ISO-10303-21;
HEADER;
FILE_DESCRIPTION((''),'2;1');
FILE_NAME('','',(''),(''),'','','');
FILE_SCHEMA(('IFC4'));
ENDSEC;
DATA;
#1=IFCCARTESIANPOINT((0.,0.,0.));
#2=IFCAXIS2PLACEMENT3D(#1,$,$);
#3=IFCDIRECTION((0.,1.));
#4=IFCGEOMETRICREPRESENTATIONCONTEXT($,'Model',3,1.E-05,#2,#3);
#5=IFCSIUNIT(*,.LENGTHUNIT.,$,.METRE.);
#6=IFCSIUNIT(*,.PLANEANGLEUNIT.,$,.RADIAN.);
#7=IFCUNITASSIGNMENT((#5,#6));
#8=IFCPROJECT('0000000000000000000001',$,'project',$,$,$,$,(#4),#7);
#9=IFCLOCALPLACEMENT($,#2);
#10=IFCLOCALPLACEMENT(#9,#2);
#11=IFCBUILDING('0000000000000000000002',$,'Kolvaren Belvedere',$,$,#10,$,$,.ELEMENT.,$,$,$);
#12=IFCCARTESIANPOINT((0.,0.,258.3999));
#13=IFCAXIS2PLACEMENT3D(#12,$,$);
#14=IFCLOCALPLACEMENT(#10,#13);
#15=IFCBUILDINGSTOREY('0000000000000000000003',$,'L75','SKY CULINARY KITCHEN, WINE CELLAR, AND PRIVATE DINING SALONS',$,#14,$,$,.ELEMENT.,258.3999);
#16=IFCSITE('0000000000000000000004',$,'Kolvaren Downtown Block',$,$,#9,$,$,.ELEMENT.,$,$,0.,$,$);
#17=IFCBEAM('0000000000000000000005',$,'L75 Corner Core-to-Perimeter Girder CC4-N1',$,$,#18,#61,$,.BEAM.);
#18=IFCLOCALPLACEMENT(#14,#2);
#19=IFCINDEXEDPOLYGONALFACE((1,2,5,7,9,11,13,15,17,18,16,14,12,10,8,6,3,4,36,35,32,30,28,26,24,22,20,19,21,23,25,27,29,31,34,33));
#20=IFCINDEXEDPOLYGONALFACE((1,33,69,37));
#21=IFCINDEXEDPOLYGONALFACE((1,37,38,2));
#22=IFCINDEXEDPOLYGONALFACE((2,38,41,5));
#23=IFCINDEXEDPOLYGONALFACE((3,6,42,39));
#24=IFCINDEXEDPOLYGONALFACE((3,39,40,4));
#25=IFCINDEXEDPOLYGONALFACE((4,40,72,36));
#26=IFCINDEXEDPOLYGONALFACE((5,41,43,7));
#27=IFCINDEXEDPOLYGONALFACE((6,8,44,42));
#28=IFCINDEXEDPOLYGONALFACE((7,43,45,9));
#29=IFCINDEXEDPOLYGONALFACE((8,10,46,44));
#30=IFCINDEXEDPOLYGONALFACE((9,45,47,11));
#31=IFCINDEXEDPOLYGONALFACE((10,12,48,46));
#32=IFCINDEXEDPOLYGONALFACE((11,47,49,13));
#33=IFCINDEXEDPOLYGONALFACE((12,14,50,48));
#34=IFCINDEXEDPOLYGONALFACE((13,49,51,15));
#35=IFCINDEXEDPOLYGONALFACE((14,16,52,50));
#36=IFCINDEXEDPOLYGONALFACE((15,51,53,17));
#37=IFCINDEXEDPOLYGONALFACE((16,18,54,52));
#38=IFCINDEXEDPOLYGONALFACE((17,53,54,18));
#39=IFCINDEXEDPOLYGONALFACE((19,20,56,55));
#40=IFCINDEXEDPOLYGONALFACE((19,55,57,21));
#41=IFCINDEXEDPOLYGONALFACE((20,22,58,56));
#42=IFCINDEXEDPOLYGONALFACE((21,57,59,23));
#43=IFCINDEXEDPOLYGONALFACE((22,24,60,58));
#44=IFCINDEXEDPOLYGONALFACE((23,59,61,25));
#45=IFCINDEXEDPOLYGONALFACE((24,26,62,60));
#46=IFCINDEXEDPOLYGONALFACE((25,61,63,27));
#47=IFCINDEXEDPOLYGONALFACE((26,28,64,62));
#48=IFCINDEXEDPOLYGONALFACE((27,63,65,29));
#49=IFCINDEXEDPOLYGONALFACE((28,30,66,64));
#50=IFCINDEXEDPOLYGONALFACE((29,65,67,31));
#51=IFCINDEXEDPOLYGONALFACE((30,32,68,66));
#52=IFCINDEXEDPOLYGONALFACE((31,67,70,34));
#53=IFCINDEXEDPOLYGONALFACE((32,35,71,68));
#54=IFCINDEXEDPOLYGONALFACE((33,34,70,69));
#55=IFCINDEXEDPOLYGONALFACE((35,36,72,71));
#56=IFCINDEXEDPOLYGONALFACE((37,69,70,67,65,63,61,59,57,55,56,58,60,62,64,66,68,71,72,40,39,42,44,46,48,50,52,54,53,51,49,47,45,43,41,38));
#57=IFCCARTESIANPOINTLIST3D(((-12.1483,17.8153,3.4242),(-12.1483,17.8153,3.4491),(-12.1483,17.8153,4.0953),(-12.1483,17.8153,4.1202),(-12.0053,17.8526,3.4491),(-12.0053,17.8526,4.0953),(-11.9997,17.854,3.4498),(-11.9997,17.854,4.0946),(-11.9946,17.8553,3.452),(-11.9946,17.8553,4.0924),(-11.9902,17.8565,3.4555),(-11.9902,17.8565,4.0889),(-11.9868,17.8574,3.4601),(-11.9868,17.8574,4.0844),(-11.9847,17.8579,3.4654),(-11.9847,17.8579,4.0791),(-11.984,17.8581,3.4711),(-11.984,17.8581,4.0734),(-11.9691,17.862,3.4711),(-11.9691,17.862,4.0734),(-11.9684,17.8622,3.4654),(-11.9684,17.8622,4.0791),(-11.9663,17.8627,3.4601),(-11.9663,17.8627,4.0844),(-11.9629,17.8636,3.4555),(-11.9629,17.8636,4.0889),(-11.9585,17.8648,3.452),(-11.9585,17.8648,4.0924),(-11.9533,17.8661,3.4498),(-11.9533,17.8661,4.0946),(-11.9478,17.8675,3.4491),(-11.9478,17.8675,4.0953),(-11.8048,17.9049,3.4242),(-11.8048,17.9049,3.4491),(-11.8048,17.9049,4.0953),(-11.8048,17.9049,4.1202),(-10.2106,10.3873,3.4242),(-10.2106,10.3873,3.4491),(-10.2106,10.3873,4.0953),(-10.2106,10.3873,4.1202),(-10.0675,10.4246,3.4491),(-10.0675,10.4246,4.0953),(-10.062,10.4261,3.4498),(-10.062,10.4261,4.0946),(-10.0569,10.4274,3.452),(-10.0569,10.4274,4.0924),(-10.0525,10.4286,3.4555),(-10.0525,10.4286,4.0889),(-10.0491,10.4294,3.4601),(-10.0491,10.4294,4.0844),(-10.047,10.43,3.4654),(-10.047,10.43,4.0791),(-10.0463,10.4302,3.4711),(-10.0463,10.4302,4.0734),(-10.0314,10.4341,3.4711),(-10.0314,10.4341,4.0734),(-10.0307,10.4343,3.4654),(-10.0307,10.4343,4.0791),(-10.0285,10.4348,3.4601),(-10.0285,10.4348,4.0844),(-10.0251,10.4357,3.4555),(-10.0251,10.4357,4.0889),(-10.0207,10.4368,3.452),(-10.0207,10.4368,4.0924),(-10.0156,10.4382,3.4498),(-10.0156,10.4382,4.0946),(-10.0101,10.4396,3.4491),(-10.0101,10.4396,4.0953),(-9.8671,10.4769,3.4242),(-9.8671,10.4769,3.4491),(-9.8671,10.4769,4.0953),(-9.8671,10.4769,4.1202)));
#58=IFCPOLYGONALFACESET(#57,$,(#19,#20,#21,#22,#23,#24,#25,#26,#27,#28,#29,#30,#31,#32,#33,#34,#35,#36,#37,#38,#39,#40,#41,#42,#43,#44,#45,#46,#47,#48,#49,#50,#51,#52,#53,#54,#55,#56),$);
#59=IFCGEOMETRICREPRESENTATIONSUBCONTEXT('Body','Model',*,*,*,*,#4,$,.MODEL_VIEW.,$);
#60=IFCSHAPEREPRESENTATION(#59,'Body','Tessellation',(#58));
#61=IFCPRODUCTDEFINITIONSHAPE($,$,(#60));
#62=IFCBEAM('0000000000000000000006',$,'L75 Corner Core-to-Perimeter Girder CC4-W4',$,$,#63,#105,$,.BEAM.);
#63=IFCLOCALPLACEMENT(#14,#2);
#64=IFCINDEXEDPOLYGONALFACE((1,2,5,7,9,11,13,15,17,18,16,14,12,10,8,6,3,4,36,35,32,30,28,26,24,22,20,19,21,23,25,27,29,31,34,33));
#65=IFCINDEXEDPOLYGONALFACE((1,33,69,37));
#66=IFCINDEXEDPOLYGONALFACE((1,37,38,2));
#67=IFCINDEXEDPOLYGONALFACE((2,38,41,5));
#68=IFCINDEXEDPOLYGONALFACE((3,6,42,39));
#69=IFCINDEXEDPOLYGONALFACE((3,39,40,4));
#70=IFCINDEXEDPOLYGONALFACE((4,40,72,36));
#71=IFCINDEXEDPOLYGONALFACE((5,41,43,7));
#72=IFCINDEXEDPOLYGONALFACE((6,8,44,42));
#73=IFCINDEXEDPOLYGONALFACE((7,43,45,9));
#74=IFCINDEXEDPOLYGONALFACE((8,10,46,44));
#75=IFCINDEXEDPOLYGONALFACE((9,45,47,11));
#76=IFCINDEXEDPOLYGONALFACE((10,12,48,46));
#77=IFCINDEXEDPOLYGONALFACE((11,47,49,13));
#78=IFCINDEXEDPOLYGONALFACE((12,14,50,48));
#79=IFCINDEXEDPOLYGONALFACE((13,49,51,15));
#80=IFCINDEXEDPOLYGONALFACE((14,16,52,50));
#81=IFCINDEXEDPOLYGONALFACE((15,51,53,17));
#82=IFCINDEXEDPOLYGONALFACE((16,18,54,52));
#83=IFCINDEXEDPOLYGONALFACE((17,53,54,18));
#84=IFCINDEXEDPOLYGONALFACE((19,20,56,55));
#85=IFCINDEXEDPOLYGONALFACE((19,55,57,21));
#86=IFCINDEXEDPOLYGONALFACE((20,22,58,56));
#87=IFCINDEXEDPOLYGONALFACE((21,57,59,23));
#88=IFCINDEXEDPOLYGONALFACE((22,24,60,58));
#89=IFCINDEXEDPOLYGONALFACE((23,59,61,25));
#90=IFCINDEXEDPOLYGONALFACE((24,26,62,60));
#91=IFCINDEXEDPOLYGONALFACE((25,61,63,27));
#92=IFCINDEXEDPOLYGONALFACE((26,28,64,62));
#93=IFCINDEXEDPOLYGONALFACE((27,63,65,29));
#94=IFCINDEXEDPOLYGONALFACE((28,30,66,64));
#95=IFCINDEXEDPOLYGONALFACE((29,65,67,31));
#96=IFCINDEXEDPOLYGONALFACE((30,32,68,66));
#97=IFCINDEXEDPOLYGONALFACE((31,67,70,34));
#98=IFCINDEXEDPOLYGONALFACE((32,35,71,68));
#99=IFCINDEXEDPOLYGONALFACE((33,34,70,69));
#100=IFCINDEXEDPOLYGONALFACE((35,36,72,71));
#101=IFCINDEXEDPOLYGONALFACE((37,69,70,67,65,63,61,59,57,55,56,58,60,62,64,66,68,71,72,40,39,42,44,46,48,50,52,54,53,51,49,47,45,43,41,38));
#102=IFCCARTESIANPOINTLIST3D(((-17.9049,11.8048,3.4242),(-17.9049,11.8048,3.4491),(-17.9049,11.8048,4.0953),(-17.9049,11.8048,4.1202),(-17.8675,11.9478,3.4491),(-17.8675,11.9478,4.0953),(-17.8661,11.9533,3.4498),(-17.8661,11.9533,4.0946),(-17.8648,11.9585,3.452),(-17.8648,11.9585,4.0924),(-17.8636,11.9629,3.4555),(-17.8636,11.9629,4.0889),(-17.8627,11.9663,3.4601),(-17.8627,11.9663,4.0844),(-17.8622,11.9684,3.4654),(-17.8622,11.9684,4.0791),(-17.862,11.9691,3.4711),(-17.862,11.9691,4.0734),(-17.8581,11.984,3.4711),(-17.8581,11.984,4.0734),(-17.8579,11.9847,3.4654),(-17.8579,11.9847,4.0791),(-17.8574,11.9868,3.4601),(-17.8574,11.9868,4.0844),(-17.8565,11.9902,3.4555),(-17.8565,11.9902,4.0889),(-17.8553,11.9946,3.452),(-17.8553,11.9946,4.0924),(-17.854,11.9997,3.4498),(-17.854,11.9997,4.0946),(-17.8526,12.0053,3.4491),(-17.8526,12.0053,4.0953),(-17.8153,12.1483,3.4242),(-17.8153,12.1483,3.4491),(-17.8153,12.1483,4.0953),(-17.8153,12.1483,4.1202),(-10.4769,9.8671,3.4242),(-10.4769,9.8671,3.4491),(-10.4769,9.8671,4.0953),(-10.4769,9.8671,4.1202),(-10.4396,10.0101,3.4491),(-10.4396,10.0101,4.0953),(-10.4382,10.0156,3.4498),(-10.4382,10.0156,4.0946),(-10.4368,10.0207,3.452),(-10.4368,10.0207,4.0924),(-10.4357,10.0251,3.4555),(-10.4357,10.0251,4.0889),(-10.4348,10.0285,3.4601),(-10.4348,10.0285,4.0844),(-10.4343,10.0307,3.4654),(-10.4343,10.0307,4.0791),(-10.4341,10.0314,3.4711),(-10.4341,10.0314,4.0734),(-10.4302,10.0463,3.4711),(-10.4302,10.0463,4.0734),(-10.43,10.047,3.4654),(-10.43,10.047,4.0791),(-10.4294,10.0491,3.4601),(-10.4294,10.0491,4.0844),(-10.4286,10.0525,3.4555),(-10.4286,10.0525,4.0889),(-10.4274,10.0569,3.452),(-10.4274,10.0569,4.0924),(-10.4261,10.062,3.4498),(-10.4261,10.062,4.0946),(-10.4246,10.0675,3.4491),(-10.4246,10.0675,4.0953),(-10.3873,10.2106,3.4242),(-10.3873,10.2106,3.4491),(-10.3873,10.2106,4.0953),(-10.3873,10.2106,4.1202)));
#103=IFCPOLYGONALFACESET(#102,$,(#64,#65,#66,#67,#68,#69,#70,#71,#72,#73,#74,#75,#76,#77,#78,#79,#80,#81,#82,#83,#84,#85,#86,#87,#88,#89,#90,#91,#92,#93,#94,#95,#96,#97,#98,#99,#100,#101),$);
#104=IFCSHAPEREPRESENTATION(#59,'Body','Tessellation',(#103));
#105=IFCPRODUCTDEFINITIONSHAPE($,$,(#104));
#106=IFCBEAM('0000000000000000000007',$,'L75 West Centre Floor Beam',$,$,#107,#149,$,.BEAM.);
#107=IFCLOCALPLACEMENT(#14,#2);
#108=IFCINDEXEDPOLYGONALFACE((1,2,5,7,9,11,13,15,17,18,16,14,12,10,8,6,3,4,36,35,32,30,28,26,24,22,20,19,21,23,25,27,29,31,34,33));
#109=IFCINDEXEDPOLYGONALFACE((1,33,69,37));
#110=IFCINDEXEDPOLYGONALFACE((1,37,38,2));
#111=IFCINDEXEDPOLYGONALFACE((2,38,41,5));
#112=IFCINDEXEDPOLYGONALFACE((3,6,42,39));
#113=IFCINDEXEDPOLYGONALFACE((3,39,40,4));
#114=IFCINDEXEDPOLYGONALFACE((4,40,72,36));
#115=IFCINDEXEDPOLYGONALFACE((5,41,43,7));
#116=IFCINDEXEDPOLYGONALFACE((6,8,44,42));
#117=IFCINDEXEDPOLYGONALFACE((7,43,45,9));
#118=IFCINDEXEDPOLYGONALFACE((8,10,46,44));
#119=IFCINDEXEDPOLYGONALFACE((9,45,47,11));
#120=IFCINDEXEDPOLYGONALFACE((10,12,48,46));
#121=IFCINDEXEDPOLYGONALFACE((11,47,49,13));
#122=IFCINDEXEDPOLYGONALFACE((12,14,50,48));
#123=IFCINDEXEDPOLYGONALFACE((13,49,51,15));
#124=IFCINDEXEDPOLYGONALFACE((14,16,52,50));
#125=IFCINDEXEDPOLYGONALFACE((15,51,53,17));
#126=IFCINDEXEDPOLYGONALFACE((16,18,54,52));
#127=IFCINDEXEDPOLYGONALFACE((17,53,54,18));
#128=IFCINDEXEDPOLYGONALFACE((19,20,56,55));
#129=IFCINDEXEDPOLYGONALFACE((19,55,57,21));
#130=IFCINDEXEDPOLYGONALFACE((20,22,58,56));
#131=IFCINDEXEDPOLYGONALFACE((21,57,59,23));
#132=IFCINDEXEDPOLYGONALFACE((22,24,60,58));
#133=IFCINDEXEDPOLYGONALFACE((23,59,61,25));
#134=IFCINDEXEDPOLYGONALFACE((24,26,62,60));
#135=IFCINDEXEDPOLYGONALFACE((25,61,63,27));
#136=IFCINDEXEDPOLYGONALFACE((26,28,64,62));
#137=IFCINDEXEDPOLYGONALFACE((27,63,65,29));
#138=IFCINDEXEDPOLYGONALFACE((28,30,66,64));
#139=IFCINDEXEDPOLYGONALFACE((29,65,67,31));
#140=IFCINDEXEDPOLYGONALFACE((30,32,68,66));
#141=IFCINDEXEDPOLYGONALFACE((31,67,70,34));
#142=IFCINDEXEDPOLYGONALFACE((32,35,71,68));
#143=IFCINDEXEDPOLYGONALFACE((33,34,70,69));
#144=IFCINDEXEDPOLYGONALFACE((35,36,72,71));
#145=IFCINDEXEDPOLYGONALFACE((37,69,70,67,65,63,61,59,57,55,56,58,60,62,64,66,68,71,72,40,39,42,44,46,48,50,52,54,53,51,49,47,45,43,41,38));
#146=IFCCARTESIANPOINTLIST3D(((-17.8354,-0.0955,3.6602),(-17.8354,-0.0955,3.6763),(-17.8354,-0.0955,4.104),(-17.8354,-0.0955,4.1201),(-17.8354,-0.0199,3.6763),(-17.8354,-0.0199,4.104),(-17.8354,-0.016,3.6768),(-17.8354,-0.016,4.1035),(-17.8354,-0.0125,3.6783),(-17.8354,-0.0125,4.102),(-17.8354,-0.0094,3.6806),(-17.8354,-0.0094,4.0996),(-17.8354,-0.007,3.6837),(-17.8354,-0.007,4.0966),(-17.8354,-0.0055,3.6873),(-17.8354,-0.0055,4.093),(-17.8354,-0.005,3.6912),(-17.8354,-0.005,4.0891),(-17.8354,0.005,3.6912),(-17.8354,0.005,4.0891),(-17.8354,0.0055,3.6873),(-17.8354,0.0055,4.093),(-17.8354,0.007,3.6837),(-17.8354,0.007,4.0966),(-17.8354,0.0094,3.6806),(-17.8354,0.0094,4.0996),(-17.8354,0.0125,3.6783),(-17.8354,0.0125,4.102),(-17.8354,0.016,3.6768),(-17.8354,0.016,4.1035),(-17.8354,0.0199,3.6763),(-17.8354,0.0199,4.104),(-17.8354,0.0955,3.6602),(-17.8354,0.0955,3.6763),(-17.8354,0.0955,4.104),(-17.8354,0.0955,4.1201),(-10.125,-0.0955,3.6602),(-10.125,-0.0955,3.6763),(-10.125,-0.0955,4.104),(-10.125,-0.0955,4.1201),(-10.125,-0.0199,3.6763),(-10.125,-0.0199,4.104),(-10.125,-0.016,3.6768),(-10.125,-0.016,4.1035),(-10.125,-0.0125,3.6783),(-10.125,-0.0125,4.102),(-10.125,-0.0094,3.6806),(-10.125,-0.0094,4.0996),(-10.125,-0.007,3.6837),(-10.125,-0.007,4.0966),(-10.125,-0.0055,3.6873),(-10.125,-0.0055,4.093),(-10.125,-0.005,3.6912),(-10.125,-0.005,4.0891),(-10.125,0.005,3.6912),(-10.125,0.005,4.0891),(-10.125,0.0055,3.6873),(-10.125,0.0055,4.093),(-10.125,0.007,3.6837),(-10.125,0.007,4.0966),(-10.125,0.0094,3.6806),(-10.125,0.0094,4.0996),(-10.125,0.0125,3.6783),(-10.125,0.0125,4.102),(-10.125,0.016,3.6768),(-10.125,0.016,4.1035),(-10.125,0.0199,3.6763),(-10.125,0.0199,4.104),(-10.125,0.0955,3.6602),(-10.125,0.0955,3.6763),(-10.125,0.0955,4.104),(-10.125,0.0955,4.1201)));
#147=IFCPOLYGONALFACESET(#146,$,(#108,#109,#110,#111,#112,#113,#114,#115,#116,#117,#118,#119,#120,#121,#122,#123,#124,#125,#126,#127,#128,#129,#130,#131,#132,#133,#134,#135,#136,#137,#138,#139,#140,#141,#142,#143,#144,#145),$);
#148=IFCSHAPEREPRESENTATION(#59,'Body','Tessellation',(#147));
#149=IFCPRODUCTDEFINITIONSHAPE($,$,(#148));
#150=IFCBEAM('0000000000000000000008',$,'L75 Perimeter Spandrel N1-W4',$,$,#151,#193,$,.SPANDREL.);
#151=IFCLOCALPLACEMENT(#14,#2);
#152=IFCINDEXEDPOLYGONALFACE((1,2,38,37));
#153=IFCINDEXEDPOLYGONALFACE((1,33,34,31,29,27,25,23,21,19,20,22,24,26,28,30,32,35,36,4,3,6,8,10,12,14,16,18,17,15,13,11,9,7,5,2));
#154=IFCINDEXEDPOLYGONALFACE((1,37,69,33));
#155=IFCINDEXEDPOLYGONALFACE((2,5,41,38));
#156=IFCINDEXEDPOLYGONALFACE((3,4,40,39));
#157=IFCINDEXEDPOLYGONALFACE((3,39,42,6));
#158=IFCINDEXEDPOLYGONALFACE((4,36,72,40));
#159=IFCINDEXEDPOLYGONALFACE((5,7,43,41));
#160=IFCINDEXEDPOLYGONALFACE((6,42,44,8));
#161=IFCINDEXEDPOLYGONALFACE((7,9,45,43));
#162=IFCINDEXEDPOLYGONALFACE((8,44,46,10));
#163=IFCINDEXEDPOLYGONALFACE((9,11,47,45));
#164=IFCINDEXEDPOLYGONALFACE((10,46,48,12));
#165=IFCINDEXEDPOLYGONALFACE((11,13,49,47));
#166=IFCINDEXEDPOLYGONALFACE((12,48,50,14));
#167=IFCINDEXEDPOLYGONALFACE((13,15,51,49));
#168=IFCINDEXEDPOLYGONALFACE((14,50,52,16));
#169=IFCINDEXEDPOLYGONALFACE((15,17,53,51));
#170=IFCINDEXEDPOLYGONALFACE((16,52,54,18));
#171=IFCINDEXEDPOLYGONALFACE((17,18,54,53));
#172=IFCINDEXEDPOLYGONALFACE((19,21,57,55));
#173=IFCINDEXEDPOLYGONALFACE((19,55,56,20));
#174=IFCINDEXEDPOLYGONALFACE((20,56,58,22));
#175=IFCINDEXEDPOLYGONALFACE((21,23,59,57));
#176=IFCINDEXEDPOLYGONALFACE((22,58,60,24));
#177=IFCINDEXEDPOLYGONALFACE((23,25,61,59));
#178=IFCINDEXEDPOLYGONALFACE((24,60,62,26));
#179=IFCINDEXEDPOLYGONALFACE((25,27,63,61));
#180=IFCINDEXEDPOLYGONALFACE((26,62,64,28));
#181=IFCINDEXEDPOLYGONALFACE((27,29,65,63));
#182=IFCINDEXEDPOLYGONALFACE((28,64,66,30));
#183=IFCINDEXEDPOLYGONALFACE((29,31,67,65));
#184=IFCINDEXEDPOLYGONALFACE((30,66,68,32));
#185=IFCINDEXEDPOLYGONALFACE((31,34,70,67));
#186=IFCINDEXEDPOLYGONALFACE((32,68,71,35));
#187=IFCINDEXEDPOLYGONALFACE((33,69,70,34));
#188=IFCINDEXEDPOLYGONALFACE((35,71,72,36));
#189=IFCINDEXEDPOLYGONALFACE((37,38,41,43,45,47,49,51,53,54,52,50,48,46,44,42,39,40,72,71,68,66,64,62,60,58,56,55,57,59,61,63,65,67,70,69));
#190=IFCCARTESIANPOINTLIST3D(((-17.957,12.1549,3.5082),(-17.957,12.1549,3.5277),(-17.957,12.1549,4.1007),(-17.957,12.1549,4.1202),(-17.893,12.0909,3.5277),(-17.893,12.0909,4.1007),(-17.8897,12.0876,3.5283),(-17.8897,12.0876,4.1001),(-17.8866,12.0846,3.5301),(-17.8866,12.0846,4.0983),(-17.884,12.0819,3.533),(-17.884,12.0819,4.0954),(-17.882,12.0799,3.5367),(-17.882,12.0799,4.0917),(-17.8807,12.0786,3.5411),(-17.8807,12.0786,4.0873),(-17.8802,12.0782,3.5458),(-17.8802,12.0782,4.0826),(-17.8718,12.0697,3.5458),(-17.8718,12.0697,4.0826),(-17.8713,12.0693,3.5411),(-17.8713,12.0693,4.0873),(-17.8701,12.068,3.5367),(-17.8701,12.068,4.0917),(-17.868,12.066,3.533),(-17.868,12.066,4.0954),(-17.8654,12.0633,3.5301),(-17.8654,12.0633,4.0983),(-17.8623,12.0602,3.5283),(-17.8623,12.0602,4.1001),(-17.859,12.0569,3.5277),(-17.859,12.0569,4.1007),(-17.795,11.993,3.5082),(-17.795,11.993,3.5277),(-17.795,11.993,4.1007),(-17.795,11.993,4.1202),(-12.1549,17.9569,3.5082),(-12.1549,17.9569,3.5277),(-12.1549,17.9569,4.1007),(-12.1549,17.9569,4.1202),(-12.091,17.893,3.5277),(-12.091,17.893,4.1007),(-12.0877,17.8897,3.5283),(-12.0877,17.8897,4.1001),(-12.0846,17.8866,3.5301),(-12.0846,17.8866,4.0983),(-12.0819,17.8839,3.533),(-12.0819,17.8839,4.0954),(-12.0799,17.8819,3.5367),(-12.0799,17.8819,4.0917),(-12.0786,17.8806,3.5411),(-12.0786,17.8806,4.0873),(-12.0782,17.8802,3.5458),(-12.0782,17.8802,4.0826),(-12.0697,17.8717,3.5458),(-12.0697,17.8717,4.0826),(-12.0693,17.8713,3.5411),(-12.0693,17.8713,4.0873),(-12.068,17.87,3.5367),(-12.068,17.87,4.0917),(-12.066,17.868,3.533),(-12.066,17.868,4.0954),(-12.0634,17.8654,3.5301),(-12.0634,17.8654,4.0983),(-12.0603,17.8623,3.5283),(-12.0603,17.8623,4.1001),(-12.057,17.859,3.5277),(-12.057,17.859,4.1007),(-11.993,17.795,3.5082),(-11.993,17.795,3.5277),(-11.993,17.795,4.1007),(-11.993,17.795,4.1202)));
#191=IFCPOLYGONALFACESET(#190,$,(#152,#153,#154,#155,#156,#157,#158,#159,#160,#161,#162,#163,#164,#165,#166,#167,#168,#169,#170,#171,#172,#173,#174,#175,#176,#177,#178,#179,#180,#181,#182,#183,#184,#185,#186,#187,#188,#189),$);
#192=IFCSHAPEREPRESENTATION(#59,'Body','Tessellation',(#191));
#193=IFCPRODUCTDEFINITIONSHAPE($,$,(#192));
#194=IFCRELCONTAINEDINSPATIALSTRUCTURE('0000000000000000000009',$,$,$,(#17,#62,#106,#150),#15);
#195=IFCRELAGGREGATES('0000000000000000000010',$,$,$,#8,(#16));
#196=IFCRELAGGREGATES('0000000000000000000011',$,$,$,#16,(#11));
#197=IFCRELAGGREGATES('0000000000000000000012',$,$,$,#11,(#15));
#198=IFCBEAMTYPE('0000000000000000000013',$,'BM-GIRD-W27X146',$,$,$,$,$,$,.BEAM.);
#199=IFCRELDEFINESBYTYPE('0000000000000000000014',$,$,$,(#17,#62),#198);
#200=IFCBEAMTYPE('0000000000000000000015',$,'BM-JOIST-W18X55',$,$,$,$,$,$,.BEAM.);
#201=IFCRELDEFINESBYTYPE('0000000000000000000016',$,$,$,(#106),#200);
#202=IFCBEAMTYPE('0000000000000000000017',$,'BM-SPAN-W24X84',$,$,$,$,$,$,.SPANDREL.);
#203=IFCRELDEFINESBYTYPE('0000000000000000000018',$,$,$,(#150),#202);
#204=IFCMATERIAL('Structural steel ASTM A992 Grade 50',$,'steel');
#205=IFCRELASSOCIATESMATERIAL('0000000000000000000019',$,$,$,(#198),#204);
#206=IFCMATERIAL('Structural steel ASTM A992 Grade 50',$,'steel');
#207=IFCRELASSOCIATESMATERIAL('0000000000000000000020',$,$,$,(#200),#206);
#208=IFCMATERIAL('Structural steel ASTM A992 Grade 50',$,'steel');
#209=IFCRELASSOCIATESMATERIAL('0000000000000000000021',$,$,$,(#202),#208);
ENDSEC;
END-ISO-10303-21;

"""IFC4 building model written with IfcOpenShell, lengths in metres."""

from ifc_helpers import new_model, si_unit, direction, frame, origin, origin_2d, place, context, subcontext, project, spatial, i_section, extrude, material, material_profile, profile_set, type_object, element, save


model = new_model("IFC4")

# Units and contexts
model_context = context("Model", 3, precision=1e-05, world=origin(), true_north=direction((0.0, 1.0)))
body_context = subcontext(model_context, "Body", "Model", "MODEL_VIEW")
ifc_project = project(units=[si_unit("LENGTHUNIT", "METRE"), si_unit("PLANEANGLEUNIT", "RADIAN")], contexts=[model_context])

# Site, building, storey
site_placement = place(None, origin())
site = spatial("IfcSite", under=ifc_project, at=site_placement, Name="Kolvaren Downtown Block", CompositionType="ELEMENT", RefElevation=0.0)
building_placement = place(site_placement, origin())
building = spatial("IfcBuilding", under=site, at=building_placement, Name="Kolvaren Belvedere", CompositionType="ELEMENT")
storey_placement = place(building_placement, frame((0.0, 0.0, 258.3999)))
storey = spatial("IfcBuildingStorey", under=building, at=storey_placement, Name="L75", Description="SKY CULINARY KITCHEN, WINE CELLAR, AND PRIVATE DINING SALONS", CompositionType="ELEMENT", Elevation=258.3999)

# Beams
ifc_material_1 = material(Name="Structural steel ASTM A992 Grade 50", Category="steel")
ifc_material_profile_1 = material_profile(ifc_material_1, i_section(OverallWidth=0.355, OverallDepth=0.696, WebThickness=0.0154, FlangeThickness=0.0249, FilletRadius=0.022, at=origin_2d()), Name="W27X146")
ifc_profile_set_1 = profile_set([ifc_material_profile_1], Name="Structural steel ASTM A992 Grade 50")
beam_type_1 = type_object("IfcBeamType", Name="BM-GIRD-W27X146", PredefinedType="BEAM", material=ifc_profile_set_1)
for number, where, z_axis, x_axis, name in (
    (1, (-10.0388, 10.4321, 3.7722), (-0.252423, 0.967617, 0.0), (-0.967617, -0.252423, 0.0), "L75 Corner Core-to-Perimeter Girder CC4-N1"),
    (2, (-10.4321, 10.0388, 3.7722), (-0.967617, 0.252423, 0.0), (-0.252423, -0.967617, 0.0), "L75 Corner Core-to-Perimeter Girder CC4-W4"),
):
    element("IfcBeam", number, at=place(storey_placement, frame(where, z_axis=z_axis, x_axis=x_axis)), inside=storey, type_object=beam_type_1, Name=name, PredefinedType="BEAM", context=body_context, shape_type="SweptSolid", body=[
        extrude(i_section(OverallWidth=0.355, OverallDepth=0.696, WebThickness=0.0154, FlangeThickness=0.0249, FilletRadius=0.022, at=origin_2d()), origin(), (0.0, 0.0, 1.0), 7.6765),
    ])
ifc_material_2 = material(Name="Structural steel ASTM A992 Grade 50", Category="steel")
ifc_material_profile_2 = material_profile(ifc_material_2, i_section(OverallWidth=0.1909, OverallDepth=0.46, WebThickness=0.01, FlangeThickness=0.0161, FilletRadius=0.0149, at=origin_2d()), Name="W18X55")
ifc_profile_set_2 = profile_set([ifc_material_profile_2], Name="Structural steel ASTM A992 Grade 50")
beam_type_2 = type_object("IfcBeamType", Name="BM-JOIST-W18X55", PredefinedType="BEAM", material=ifc_profile_set_2)
beam_1_placement = place(storey_placement, frame((-10.125, 0.0, 3.8901), z_axis=(-1.0, 0.0, 0.0), x_axis=(0.0, -1.0, 0.0)))
element("IfcBeam", 3, at=beam_1_placement, inside=storey, type_object=beam_type_2, Name="L75 West Centre Floor Beam", PredefinedType="BEAM", context=body_context, shape_type="SweptSolid", body=[
    extrude(i_section(OverallWidth=0.1909, OverallDepth=0.46, WebThickness=0.01, FlangeThickness=0.0161, FilletRadius=0.0149, at=origin_2d()), origin(), (0.0, 0.0, 1.0), 7.7104),
])
ifc_material_3 = material(Name="Structural steel ASTM A992 Grade 50", Category="steel")
ifc_material_profile_3 = material_profile(ifc_material_3, i_section(OverallWidth=0.229, OverallDepth=0.6121, WebThickness=0.012, FlangeThickness=0.0195, FilletRadius=0.0181, at=origin_2d()), Name="W24X84")
ifc_profile_set_3 = profile_set([ifc_material_profile_3], Name="Structural steel ASTM A992 Grade 50")
beam_type_3 = type_object("IfcBeamType", Name="BM-SPAN-W24X84", PredefinedType="SPANDREL", material=ifc_profile_set_3)
beam_2_placement = place(storey_placement, frame((-12.074, 17.876, 3.8142), z_axis=(-0.707107, -0.707107, 0.0), x_axis=(0.707107, -0.707107, 0.0)))
element("IfcBeam", 4, at=beam_2_placement, inside=storey, type_object=beam_type_3, Name="L75 Perimeter Spandrel N1-W4", PredefinedType="SPANDREL", context=body_context, shape_type="SweptSolid", body=[
    extrude(i_section(OverallWidth=0.229, OverallDepth=0.6121, WebThickness=0.012, FlangeThickness=0.0195, FilletRadius=0.0181, at=origin_2d()), origin(), (0.0, 0.0, 1.0), 8.2053),
])

save(model, "model.ifc")
